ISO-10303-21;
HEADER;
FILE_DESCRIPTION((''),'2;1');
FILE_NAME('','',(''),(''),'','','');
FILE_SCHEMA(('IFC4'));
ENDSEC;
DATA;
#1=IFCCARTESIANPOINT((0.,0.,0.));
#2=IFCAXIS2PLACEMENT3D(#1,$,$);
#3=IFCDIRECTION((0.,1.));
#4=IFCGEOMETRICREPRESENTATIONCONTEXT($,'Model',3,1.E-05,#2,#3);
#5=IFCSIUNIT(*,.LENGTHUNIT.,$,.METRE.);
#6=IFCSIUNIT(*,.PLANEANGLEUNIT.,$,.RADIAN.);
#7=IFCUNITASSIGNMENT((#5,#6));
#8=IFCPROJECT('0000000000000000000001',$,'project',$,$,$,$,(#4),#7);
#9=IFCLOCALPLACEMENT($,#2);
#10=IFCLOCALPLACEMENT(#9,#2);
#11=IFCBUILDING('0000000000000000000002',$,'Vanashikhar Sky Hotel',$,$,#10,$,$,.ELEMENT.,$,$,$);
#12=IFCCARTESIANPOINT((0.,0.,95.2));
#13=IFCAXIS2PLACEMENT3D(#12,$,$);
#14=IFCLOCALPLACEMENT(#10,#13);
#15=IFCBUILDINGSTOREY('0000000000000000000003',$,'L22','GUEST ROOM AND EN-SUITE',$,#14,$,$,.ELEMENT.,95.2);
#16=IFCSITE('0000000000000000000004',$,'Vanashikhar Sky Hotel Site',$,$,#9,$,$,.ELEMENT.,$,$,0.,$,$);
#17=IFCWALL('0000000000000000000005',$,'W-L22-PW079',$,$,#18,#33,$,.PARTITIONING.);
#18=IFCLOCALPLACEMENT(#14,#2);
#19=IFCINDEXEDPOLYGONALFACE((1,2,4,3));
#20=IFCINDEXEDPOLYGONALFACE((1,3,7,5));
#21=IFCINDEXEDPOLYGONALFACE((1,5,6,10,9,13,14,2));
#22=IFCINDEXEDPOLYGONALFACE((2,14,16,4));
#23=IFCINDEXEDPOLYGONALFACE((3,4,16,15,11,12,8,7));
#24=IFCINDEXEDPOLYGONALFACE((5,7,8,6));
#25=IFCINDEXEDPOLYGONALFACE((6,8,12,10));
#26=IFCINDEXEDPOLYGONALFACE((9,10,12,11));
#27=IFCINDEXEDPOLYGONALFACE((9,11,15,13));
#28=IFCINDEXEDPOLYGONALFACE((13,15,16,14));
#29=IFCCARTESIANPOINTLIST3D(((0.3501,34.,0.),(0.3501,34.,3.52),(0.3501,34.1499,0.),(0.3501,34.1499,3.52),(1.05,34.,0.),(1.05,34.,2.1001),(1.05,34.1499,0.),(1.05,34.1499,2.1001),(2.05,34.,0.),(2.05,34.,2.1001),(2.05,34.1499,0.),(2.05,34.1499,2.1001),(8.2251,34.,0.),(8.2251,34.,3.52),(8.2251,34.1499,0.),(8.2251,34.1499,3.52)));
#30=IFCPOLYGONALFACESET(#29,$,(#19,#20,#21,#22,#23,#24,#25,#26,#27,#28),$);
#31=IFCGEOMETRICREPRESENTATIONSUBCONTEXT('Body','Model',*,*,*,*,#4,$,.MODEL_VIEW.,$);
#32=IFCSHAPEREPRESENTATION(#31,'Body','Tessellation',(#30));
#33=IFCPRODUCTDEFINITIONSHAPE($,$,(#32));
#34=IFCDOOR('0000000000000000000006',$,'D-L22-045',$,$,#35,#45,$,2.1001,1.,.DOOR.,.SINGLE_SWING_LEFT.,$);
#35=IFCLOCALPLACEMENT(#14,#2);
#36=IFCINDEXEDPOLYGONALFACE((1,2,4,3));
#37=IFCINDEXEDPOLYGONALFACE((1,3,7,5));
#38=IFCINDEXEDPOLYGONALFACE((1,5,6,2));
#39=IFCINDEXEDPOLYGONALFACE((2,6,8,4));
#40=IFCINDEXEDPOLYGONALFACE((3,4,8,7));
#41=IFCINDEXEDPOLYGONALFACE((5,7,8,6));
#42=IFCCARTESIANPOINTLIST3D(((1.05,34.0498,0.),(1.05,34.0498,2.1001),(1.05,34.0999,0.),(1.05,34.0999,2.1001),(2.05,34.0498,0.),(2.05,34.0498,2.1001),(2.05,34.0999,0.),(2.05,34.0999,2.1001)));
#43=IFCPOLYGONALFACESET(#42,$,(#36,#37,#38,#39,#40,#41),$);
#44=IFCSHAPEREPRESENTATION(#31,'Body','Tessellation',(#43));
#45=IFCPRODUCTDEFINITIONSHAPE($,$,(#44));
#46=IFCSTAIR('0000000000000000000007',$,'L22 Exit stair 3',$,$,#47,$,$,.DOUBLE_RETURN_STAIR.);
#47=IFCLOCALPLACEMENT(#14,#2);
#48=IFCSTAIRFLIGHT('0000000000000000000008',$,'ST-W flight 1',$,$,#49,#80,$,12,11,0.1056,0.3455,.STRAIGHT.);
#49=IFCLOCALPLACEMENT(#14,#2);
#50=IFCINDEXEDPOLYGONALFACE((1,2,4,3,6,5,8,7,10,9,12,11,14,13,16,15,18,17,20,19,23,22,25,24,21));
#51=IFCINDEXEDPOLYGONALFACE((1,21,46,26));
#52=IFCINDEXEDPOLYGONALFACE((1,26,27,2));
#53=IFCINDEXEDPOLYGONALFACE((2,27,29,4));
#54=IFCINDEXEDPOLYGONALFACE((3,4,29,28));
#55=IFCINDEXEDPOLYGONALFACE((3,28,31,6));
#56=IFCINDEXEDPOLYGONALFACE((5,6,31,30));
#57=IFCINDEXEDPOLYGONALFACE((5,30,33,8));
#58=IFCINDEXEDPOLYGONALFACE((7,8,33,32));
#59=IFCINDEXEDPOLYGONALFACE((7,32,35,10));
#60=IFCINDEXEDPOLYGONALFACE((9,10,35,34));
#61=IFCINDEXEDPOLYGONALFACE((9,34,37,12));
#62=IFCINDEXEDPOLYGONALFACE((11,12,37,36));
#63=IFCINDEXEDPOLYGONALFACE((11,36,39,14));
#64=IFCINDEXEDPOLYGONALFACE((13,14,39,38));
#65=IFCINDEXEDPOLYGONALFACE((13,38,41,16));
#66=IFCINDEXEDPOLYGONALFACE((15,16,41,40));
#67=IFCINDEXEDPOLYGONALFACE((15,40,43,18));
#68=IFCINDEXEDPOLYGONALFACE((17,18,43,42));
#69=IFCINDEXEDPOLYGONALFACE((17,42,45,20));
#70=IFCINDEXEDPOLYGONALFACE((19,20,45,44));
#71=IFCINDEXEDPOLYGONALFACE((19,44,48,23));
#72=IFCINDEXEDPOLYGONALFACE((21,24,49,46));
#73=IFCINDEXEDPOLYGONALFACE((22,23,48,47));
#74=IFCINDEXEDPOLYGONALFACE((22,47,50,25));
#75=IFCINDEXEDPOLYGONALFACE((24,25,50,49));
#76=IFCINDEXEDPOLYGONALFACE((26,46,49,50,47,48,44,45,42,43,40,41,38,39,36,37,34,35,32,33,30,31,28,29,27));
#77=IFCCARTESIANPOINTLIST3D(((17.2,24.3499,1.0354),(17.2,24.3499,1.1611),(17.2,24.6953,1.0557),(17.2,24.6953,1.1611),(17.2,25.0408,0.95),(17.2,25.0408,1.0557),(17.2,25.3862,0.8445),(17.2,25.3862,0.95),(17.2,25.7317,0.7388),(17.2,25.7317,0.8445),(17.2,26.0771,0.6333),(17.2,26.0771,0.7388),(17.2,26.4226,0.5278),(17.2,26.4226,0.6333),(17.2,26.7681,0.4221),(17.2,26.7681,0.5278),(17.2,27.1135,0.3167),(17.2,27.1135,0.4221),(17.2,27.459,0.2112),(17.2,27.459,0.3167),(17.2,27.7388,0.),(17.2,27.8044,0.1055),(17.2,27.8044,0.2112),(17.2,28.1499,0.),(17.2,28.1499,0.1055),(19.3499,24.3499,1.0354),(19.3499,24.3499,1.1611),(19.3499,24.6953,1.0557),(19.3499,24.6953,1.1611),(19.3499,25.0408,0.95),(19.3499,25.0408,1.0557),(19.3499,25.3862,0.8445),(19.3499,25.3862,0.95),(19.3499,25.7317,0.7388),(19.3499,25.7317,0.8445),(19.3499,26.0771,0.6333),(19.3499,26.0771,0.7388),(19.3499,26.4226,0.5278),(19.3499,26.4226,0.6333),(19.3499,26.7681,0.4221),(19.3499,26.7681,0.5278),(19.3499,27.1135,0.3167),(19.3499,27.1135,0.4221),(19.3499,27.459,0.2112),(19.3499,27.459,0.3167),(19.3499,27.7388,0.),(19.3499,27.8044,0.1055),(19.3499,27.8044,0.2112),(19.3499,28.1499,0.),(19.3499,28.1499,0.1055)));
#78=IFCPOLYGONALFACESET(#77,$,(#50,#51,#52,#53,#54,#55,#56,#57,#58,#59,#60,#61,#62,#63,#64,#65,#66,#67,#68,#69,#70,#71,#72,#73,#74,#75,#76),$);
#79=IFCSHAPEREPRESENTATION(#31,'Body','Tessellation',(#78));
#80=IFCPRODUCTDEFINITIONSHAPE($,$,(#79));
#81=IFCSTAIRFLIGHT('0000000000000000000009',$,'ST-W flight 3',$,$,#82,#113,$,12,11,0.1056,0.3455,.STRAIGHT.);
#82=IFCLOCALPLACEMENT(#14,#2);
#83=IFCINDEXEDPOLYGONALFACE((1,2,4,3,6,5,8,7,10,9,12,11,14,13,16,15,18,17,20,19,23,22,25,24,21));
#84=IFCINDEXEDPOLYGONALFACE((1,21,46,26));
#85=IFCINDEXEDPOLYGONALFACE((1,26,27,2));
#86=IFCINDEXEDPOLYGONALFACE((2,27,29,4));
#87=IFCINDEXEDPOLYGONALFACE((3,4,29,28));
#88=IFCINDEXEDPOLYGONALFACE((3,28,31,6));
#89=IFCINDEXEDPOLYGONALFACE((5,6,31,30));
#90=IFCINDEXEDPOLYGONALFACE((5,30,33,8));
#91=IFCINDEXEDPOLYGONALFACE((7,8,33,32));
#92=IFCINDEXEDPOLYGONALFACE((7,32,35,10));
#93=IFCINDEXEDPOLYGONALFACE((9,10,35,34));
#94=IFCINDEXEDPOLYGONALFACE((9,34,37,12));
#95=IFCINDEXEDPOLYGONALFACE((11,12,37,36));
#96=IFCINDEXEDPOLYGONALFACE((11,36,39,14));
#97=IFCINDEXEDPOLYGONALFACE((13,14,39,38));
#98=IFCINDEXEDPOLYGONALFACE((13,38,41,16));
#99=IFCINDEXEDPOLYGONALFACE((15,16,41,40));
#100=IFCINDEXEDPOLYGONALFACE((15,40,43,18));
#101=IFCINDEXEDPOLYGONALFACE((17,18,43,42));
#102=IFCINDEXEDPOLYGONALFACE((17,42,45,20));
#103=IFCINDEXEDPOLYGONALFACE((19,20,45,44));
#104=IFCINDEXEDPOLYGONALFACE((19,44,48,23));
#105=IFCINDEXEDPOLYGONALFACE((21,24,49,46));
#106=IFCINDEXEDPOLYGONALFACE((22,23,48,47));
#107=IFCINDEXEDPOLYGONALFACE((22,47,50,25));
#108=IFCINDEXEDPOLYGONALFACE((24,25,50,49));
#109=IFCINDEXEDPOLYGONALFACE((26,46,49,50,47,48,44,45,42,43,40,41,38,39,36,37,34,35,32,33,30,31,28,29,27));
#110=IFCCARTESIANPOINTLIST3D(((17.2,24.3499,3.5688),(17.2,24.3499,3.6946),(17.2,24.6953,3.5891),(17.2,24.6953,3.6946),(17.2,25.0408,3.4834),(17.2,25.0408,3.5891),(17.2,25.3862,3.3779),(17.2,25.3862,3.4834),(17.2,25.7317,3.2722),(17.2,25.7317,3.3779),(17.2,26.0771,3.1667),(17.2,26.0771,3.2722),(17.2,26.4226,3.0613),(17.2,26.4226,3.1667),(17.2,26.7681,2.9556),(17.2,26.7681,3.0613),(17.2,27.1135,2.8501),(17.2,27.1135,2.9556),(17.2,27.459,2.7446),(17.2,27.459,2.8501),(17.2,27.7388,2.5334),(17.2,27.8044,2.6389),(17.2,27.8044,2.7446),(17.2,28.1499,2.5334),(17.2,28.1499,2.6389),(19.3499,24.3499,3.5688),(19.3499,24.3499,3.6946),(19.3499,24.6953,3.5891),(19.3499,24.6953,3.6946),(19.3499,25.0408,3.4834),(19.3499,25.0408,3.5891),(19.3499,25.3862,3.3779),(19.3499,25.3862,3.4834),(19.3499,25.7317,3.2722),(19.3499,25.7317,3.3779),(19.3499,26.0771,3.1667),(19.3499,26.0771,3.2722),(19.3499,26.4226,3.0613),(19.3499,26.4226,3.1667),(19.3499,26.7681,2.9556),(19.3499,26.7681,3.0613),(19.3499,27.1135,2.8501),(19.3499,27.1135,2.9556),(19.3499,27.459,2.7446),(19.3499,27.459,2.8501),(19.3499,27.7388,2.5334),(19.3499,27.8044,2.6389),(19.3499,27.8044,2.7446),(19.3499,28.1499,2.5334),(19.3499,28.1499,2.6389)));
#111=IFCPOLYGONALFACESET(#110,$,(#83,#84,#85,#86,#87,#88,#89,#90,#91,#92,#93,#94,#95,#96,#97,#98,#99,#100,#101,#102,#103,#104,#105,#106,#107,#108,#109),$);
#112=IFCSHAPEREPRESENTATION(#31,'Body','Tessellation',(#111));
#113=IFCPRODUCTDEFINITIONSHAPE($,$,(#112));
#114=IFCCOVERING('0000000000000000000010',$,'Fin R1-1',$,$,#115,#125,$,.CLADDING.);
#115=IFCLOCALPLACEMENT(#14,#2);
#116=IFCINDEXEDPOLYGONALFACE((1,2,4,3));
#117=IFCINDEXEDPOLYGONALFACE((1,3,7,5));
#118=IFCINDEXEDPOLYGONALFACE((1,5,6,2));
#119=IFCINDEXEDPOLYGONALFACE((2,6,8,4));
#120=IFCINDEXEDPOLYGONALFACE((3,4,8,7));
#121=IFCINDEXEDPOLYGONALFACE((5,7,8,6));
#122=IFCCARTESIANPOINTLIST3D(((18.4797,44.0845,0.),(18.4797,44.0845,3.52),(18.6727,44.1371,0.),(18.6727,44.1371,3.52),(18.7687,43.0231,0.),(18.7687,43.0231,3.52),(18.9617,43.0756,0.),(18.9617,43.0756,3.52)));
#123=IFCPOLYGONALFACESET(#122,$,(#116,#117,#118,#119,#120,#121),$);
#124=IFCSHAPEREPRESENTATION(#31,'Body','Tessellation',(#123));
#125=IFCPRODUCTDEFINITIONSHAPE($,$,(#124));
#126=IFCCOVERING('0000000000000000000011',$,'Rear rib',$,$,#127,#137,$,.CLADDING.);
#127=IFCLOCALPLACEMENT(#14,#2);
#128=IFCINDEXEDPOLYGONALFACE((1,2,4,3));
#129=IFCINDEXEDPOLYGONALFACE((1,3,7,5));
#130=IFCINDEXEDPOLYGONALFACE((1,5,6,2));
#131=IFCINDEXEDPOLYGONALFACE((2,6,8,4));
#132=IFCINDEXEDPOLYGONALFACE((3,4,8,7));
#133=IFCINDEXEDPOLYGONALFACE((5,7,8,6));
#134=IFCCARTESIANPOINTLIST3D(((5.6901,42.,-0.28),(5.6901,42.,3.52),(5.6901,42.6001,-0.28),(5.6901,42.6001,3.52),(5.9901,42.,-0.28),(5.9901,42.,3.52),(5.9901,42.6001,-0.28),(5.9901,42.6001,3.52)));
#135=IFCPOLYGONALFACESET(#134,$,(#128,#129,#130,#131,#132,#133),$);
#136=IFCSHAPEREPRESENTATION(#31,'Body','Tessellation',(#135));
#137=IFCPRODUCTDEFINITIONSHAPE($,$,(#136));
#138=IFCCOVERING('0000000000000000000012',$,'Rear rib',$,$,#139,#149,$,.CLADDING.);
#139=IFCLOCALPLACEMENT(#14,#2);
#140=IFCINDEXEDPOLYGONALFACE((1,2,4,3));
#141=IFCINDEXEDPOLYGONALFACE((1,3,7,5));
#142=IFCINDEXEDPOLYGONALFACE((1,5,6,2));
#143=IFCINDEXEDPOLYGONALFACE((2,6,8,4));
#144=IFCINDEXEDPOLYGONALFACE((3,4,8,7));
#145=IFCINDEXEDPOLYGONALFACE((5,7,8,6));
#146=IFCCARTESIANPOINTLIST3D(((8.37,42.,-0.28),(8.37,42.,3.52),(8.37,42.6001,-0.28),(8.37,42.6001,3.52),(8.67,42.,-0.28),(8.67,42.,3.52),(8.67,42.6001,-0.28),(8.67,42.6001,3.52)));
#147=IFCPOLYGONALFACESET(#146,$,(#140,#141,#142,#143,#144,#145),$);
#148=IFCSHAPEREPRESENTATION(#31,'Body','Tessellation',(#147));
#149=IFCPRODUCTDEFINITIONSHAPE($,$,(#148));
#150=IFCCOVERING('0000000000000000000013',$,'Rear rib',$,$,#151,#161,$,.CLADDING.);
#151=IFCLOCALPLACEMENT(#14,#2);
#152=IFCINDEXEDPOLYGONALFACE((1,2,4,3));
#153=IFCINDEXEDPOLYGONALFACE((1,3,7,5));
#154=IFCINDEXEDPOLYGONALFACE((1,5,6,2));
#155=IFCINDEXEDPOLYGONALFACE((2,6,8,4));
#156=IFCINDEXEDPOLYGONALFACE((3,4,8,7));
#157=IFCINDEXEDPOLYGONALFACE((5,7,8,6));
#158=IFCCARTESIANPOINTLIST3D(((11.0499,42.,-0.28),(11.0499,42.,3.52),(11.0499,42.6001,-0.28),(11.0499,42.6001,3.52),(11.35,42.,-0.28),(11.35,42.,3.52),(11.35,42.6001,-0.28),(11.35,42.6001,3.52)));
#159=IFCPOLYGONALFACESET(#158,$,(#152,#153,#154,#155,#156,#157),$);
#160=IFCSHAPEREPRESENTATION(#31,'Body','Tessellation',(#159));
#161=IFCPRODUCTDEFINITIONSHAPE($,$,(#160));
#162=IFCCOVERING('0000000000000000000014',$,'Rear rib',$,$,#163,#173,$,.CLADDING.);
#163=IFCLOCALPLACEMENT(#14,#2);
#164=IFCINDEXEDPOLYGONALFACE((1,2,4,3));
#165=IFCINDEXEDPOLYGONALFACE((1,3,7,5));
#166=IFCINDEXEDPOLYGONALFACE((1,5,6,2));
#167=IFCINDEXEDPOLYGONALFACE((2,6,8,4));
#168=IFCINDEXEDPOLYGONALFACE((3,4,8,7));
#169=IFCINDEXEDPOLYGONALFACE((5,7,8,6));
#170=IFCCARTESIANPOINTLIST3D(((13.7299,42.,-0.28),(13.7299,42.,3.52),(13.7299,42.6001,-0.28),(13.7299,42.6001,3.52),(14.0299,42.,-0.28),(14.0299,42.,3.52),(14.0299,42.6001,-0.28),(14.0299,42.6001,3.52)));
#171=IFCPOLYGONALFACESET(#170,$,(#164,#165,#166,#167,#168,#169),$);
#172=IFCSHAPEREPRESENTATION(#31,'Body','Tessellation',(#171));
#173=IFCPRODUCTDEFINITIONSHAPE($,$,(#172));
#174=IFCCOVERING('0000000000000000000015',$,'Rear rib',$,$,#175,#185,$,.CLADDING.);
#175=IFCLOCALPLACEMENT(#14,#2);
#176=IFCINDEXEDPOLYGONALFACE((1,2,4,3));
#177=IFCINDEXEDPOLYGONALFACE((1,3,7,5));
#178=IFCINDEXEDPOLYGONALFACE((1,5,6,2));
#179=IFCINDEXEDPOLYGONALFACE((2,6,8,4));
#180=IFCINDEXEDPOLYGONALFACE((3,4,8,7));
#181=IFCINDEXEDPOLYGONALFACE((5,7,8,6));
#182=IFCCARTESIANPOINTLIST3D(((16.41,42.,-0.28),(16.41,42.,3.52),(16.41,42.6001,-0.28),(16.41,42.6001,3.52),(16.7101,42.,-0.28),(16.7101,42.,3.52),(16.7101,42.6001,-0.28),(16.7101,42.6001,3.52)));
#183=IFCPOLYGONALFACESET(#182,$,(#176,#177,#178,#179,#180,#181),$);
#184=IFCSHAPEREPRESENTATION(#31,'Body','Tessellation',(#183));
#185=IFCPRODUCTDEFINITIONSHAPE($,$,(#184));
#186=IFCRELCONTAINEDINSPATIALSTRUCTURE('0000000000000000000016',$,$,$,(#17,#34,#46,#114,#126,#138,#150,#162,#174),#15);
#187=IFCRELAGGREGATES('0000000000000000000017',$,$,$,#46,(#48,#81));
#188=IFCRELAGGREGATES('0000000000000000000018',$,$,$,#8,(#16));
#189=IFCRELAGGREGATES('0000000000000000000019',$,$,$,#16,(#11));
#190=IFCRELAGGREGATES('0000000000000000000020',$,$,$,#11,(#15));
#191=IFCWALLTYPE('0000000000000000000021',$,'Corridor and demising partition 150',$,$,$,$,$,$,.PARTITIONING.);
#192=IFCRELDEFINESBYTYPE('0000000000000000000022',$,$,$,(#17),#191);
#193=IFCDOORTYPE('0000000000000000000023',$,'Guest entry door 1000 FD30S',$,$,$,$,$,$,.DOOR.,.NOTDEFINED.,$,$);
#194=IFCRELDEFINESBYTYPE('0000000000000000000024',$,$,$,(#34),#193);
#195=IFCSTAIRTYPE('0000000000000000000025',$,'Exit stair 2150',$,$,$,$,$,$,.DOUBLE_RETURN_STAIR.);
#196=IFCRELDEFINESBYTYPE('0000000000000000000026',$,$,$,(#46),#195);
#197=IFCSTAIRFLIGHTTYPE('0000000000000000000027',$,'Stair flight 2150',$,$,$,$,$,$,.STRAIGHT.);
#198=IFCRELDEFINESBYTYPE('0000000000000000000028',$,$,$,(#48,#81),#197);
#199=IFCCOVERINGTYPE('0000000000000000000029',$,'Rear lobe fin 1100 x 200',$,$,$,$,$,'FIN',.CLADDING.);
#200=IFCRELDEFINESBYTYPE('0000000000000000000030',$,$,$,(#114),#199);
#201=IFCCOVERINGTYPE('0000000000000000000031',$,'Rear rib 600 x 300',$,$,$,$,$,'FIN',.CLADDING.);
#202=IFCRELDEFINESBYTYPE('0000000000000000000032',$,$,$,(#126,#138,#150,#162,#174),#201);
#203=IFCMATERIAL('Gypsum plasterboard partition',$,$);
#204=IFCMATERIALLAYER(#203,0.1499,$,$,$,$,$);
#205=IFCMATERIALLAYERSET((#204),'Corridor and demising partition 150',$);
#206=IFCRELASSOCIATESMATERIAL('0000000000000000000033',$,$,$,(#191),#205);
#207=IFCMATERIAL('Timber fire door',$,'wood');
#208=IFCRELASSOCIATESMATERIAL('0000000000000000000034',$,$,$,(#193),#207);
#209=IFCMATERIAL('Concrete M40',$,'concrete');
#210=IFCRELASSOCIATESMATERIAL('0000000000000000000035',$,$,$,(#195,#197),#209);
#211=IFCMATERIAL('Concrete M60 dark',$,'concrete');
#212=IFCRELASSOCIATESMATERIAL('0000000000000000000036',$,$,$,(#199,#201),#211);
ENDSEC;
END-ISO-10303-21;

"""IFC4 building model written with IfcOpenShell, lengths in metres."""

from ifc_helpers import new_model, si_unit, direction, frame, frame_2d, origin, origin_2d, place, context, subcontext, project, spatial, polyline, rectangle, outline, extrude, source, transform, mapped, material, layer, layer_set, material_profile, profile_set, type_object, element, fill, aggregate, save


model = new_model("IFC4")

# Units and contexts
model_context = context("Model", 3, precision=1e-05, world=origin(), true_north=direction((0.0, 1.0)))
body_context = subcontext(model_context, "Body", "Model", "MODEL_VIEW")
ifc_project = project(units=[si_unit("LENGTHUNIT", "METRE"), si_unit("PLANEANGLEUNIT", "RADIAN")], contexts=[model_context])

# Site, building, storey
site_placement = place(None, origin())
site = spatial("IfcSite", under=ifc_project, at=site_placement, Name="Vanashikhar Sky Hotel Site", CompositionType="ELEMENT", RefElevation=0.0)
building_placement = place(site_placement, origin())
building = spatial("IfcBuilding", under=site, at=building_placement, Name="Vanashikhar Sky Hotel", CompositionType="ELEMENT")
storey_placement = place(building_placement, frame((0.0, 0.0, 95.2)))
storey = spatial("IfcBuildingStorey", under=building, at=storey_placement, Name="L22", Description="GUEST ROOM AND EN-SUITE", CompositionType="ELEMENT", Elevation=95.2)

# Shared definitions
shared_shape_1 = source(origin(), body_context, "Body", "SweptSolid", [
    extrude(rectangle(XDim=1.0, YDim=2.1001, at=frame_2d((0.5, 1.05))), frame((0.0, 0.0249, 0.0), z_axis=(0.0, -1.0, 0.0), x_axis=(1.0, 0.0, 0.0)), (0.0, 0.0, 1.0), 0.05),
])
ifc_material_1 = material(Name="Gypsum plasterboard partition")
ifc_layer_1 = layer(ifc_material_1, 0.1499)
ifc_layer_set_1 = layer_set([ifc_layer_1], Name="Corridor and demising partition 150")
wall_type_1 = type_object("IfcWallType", Name="Corridor and demising partition 150", PredefinedType="PARTITIONING", material=ifc_layer_set_1)
shared_shape_2 = source(origin(), body_context, "Body", "SweptSolid", [
    extrude(rectangle(XDim=1.0, YDim=2.1001, at=frame_2d((0.5, 1.05))), frame((0.0, 0.085, 0.0), z_axis=(0.0, -1.0, 0.0), x_axis=(1.0, 0.0, 0.0)), (0.0, 0.0, 1.0), 0.1699),
])
ifc_material_2 = material(Name="Timber fire door", Category="wood")
door_type_1 = type_object("IfcDoorType", Name="Guest entry door 1000 FD30S", OperationType="NOTDEFINED", PredefinedType="DOOR", material=ifc_material_2)

# Wall, opening, door
shared_shape_3 = source(origin(), body_context, "Body", "SweptSolid", [
    extrude(rectangle(XDim=7.875, YDim=0.1499, at=frame_2d((3.9375, 0.0))), origin(), (0.0, 0.0, 1.0), 3.52),
])
wall_1_placement = place(storey_placement, frame((0.3501, 34.075, 0.0), z_axis=(0.0, 0.0, 1.0), x_axis=(1.0, 0.0, 0.0)))
wall_1 = element("IfcWall", 1, at=wall_1_placement, inside=storey, type_object=wall_type_1, Name="W-L22-PW079", PredefinedType="PARTITIONING", context=body_context, shape_type="MappedRepresentation", body=[
    mapped(shared_shape_3, transform((0.0, 0.0, 0.0), scale=1.0)),
])
opening_1_placement = place(wall_1_placement, frame((0.7, 0.0, 0.0)))
opening_1 = element("IfcOpeningElement", 2, at=opening_1_placement, cuts=wall_1, PredefinedType="OPENING", context=body_context, shape_type="MappedRepresentation", body=[
    mapped(shared_shape_2, transform((0.0, 0.0, 0.0), scale=1.0)),
])
door_1_placement = place(opening_1_placement, origin())
door_1 = element("IfcDoor", 3, at=door_1_placement, inside=storey, type_object=door_type_1, Name="D-L22-045", OperationType="SINGLE_SWING_LEFT", OverallHeight=2.1001, OverallWidth=1.0, PredefinedType="DOOR", context=body_context, shape_type="MappedRepresentation", body=[
    mapped(shared_shape_1, transform((0.0, 0.0, 0.0), scale=1.0)),
])
fill(opening_1, door_1)

# Stair, stair flights
ifc_material_3 = material(Name="Concrete M40", Category="concrete")
stair_type = type_object("IfcStairType", Name="Exit stair 2150", PredefinedType="DOUBLE_RETURN_STAIR", material=ifc_material_3)
stair_placement = place(storey_placement, origin())
stair = element("IfcStair", 4, at=stair_placement, inside=storey, type_object=stair_type, Name="L22 Exit stair 3", PredefinedType="DOUBLE_RETURN_STAIR")
stair_flight_type = type_object("IfcStairFlightType", Name="Stair flight 2150", PredefinedType="STRAIGHT", material=ifc_material_3)
shared_shape_4 = source(origin(), body_context, "Body", "SweptSolid", [
    extrude(outline(polyline([(0.0, 0.0), (0.0, 0.1055), (0.3455, 0.1055), (0.3455, 0.2112), (0.6909, 0.2112), (0.6909, 0.3167), (1.0364, 0.3167), (1.0364, 0.4221), (1.3818, 0.4221), (1.3818, 0.5278), (1.7273, 0.5278), (1.7273, 0.6333), (2.0728, 0.6333), (2.0728, 0.7388), (2.4182, 0.7388), (2.4182, 0.8445), (2.7637, 0.8445), (2.7637, 0.95), (3.1091, 0.95), (3.1091, 1.0557), (3.4546, 1.0557), (3.4546, 1.1611), (3.8, 1.1611), (3.8, 1.2666), (3.8, 1.0354), (0.4111, 0.0), (0.0, 0.0)])), frame((0.0, 1.075, 0.0), z_axis=(0.0, -1.0, 0.0), x_axis=(1.0, 0.0, 0.0)), (0.0, 0.0, 1.0), 2.1499),
])
stair_flight_1_placement = place(storey_placement, frame((18.2749, 28.1499, 0.0), z_axis=(0.0, 0.0, 1.0), x_axis=(0.0, -1.0, 0.0)))
stair_flight_1 = element("IfcStairFlight", 5, at=stair_flight_1_placement, type_object=stair_flight_type, Name="ST-W flight 1", NumberOfRisers=12, NumberOfTreads=11, PredefinedType="STRAIGHT", RiserHeight=0.1056, TreadLength=0.3455, context=body_context, shape_type="MappedRepresentation", body=[
    mapped(shared_shape_4, transform((0.0, 0.0, 0.0), scale=1.0)),
])
stair_flight_2_placement = place(storey_placement, frame((18.2749, 28.1499, 2.5334), z_axis=(0.0, 0.0, 1.0), x_axis=(0.0, -1.0, 0.0)))
stair_flight_2 = element("IfcStairFlight", 6, at=stair_flight_2_placement, type_object=stair_flight_type, Name="ST-W flight 3", NumberOfRisers=12, NumberOfTreads=11, PredefinedType="STRAIGHT", RiserHeight=0.1056, TreadLength=0.3455, context=body_context, shape_type="MappedRepresentation", body=[
    mapped(shared_shape_4, transform((0.0, 0.0, 0.0), scale=1.0)),
])
aggregate(stair, [stair_flight_1, stair_flight_2])

# Coverings
ifc_material_4 = material(Name="Concrete M60 dark", Category="concrete")
ifc_material_profile_1 = material_profile(ifc_material_4, rectangle(XDim=1.1001, YDim=0.2, at=origin_2d()))
ifc_profile_set_1 = profile_set([ifc_material_profile_1], Name="Rear lobe fin 1100 x 200")
covering_type_1 = type_object("IfcCoveringType", Name="Rear lobe fin 1100 x 200", ElementType="FIN", PredefinedType="CLADDING", material=ifc_profile_set_1)
shared_shape_5 = source(origin(), body_context, "Body", "SweptSolid", [
    extrude(rectangle(XDim=1.1001, YDim=0.2, at=origin_2d()), origin(), (0.0, 0.0, 1.0), 3.52),
])
covering_placement = place(storey_placement, frame((18.7207, 43.5801, 0.0), z_axis=(0.0, 0.0, 1.0), x_axis=(-0.262711, 0.964874, 0.0)))
element("IfcCovering", 7, at=covering_placement, inside=storey, type_object=covering_type_1, Name="Fin R1-1", PredefinedType="CLADDING", context=body_context, shape_type="MappedRepresentation", body=[
    mapped(shared_shape_5, transform((0.0, 0.0, 0.0), scale=1.0)),
])
ifc_material_profile_2 = material_profile(ifc_material_4, rectangle(XDim=0.6001, YDim=0.3, at=origin_2d()))
ifc_profile_set_2 = profile_set([ifc_material_profile_2], Name="Rear rib 600 x 300")
covering_type_2 = type_object("IfcCoveringType", Name="Rear rib 600 x 300", ElementType="FIN", PredefinedType="CLADDING", material=ifc_profile_set_2)
shared_shape_6 = source(origin(), body_context, "Body", "SweptSolid", [
    extrude(rectangle(XDim=0.6001, YDim=0.3, at=origin_2d()), origin(), (0.0, 0.0, 1.0), 3.8),
])
for number, where, z_axis, x_axis, name in (
    (8, (5.8401, 42.3, -0.28), (0.0, 0.0, 1.0), (0.0, 1.0, 0.0), "Rear rib"),
    (9, (8.52, 42.3, -0.28), (0.0, 0.0, 1.0), (0.0, 1.0, 0.0), "Rear rib"),
    (10, (11.2, 42.3, -0.28), (0.0, 0.0, 1.0), (0.0, 1.0, 0.0), "Rear rib"),
    (11, (13.8799, 42.3, -0.28), (0.0, 0.0, 1.0), (0.0, 1.0, 0.0), "Rear rib"),
    (12, (16.5601, 42.3, -0.28), (0.0, 0.0, 1.0), (0.0, 1.0, 0.0), "Rear rib"),
):
    element("IfcCovering", number, at=place(storey_placement, frame(where, z_axis=z_axis, x_axis=x_axis)), inside=storey, type_object=covering_type_2, Name=name, PredefinedType="CLADDING", context=body_context, shape_type="MappedRepresentation", body=[
        mapped(shared_shape_6, transform((0.0, 0.0, 0.0), scale=1.0)),
    ])

save(model, "model.ifc")
